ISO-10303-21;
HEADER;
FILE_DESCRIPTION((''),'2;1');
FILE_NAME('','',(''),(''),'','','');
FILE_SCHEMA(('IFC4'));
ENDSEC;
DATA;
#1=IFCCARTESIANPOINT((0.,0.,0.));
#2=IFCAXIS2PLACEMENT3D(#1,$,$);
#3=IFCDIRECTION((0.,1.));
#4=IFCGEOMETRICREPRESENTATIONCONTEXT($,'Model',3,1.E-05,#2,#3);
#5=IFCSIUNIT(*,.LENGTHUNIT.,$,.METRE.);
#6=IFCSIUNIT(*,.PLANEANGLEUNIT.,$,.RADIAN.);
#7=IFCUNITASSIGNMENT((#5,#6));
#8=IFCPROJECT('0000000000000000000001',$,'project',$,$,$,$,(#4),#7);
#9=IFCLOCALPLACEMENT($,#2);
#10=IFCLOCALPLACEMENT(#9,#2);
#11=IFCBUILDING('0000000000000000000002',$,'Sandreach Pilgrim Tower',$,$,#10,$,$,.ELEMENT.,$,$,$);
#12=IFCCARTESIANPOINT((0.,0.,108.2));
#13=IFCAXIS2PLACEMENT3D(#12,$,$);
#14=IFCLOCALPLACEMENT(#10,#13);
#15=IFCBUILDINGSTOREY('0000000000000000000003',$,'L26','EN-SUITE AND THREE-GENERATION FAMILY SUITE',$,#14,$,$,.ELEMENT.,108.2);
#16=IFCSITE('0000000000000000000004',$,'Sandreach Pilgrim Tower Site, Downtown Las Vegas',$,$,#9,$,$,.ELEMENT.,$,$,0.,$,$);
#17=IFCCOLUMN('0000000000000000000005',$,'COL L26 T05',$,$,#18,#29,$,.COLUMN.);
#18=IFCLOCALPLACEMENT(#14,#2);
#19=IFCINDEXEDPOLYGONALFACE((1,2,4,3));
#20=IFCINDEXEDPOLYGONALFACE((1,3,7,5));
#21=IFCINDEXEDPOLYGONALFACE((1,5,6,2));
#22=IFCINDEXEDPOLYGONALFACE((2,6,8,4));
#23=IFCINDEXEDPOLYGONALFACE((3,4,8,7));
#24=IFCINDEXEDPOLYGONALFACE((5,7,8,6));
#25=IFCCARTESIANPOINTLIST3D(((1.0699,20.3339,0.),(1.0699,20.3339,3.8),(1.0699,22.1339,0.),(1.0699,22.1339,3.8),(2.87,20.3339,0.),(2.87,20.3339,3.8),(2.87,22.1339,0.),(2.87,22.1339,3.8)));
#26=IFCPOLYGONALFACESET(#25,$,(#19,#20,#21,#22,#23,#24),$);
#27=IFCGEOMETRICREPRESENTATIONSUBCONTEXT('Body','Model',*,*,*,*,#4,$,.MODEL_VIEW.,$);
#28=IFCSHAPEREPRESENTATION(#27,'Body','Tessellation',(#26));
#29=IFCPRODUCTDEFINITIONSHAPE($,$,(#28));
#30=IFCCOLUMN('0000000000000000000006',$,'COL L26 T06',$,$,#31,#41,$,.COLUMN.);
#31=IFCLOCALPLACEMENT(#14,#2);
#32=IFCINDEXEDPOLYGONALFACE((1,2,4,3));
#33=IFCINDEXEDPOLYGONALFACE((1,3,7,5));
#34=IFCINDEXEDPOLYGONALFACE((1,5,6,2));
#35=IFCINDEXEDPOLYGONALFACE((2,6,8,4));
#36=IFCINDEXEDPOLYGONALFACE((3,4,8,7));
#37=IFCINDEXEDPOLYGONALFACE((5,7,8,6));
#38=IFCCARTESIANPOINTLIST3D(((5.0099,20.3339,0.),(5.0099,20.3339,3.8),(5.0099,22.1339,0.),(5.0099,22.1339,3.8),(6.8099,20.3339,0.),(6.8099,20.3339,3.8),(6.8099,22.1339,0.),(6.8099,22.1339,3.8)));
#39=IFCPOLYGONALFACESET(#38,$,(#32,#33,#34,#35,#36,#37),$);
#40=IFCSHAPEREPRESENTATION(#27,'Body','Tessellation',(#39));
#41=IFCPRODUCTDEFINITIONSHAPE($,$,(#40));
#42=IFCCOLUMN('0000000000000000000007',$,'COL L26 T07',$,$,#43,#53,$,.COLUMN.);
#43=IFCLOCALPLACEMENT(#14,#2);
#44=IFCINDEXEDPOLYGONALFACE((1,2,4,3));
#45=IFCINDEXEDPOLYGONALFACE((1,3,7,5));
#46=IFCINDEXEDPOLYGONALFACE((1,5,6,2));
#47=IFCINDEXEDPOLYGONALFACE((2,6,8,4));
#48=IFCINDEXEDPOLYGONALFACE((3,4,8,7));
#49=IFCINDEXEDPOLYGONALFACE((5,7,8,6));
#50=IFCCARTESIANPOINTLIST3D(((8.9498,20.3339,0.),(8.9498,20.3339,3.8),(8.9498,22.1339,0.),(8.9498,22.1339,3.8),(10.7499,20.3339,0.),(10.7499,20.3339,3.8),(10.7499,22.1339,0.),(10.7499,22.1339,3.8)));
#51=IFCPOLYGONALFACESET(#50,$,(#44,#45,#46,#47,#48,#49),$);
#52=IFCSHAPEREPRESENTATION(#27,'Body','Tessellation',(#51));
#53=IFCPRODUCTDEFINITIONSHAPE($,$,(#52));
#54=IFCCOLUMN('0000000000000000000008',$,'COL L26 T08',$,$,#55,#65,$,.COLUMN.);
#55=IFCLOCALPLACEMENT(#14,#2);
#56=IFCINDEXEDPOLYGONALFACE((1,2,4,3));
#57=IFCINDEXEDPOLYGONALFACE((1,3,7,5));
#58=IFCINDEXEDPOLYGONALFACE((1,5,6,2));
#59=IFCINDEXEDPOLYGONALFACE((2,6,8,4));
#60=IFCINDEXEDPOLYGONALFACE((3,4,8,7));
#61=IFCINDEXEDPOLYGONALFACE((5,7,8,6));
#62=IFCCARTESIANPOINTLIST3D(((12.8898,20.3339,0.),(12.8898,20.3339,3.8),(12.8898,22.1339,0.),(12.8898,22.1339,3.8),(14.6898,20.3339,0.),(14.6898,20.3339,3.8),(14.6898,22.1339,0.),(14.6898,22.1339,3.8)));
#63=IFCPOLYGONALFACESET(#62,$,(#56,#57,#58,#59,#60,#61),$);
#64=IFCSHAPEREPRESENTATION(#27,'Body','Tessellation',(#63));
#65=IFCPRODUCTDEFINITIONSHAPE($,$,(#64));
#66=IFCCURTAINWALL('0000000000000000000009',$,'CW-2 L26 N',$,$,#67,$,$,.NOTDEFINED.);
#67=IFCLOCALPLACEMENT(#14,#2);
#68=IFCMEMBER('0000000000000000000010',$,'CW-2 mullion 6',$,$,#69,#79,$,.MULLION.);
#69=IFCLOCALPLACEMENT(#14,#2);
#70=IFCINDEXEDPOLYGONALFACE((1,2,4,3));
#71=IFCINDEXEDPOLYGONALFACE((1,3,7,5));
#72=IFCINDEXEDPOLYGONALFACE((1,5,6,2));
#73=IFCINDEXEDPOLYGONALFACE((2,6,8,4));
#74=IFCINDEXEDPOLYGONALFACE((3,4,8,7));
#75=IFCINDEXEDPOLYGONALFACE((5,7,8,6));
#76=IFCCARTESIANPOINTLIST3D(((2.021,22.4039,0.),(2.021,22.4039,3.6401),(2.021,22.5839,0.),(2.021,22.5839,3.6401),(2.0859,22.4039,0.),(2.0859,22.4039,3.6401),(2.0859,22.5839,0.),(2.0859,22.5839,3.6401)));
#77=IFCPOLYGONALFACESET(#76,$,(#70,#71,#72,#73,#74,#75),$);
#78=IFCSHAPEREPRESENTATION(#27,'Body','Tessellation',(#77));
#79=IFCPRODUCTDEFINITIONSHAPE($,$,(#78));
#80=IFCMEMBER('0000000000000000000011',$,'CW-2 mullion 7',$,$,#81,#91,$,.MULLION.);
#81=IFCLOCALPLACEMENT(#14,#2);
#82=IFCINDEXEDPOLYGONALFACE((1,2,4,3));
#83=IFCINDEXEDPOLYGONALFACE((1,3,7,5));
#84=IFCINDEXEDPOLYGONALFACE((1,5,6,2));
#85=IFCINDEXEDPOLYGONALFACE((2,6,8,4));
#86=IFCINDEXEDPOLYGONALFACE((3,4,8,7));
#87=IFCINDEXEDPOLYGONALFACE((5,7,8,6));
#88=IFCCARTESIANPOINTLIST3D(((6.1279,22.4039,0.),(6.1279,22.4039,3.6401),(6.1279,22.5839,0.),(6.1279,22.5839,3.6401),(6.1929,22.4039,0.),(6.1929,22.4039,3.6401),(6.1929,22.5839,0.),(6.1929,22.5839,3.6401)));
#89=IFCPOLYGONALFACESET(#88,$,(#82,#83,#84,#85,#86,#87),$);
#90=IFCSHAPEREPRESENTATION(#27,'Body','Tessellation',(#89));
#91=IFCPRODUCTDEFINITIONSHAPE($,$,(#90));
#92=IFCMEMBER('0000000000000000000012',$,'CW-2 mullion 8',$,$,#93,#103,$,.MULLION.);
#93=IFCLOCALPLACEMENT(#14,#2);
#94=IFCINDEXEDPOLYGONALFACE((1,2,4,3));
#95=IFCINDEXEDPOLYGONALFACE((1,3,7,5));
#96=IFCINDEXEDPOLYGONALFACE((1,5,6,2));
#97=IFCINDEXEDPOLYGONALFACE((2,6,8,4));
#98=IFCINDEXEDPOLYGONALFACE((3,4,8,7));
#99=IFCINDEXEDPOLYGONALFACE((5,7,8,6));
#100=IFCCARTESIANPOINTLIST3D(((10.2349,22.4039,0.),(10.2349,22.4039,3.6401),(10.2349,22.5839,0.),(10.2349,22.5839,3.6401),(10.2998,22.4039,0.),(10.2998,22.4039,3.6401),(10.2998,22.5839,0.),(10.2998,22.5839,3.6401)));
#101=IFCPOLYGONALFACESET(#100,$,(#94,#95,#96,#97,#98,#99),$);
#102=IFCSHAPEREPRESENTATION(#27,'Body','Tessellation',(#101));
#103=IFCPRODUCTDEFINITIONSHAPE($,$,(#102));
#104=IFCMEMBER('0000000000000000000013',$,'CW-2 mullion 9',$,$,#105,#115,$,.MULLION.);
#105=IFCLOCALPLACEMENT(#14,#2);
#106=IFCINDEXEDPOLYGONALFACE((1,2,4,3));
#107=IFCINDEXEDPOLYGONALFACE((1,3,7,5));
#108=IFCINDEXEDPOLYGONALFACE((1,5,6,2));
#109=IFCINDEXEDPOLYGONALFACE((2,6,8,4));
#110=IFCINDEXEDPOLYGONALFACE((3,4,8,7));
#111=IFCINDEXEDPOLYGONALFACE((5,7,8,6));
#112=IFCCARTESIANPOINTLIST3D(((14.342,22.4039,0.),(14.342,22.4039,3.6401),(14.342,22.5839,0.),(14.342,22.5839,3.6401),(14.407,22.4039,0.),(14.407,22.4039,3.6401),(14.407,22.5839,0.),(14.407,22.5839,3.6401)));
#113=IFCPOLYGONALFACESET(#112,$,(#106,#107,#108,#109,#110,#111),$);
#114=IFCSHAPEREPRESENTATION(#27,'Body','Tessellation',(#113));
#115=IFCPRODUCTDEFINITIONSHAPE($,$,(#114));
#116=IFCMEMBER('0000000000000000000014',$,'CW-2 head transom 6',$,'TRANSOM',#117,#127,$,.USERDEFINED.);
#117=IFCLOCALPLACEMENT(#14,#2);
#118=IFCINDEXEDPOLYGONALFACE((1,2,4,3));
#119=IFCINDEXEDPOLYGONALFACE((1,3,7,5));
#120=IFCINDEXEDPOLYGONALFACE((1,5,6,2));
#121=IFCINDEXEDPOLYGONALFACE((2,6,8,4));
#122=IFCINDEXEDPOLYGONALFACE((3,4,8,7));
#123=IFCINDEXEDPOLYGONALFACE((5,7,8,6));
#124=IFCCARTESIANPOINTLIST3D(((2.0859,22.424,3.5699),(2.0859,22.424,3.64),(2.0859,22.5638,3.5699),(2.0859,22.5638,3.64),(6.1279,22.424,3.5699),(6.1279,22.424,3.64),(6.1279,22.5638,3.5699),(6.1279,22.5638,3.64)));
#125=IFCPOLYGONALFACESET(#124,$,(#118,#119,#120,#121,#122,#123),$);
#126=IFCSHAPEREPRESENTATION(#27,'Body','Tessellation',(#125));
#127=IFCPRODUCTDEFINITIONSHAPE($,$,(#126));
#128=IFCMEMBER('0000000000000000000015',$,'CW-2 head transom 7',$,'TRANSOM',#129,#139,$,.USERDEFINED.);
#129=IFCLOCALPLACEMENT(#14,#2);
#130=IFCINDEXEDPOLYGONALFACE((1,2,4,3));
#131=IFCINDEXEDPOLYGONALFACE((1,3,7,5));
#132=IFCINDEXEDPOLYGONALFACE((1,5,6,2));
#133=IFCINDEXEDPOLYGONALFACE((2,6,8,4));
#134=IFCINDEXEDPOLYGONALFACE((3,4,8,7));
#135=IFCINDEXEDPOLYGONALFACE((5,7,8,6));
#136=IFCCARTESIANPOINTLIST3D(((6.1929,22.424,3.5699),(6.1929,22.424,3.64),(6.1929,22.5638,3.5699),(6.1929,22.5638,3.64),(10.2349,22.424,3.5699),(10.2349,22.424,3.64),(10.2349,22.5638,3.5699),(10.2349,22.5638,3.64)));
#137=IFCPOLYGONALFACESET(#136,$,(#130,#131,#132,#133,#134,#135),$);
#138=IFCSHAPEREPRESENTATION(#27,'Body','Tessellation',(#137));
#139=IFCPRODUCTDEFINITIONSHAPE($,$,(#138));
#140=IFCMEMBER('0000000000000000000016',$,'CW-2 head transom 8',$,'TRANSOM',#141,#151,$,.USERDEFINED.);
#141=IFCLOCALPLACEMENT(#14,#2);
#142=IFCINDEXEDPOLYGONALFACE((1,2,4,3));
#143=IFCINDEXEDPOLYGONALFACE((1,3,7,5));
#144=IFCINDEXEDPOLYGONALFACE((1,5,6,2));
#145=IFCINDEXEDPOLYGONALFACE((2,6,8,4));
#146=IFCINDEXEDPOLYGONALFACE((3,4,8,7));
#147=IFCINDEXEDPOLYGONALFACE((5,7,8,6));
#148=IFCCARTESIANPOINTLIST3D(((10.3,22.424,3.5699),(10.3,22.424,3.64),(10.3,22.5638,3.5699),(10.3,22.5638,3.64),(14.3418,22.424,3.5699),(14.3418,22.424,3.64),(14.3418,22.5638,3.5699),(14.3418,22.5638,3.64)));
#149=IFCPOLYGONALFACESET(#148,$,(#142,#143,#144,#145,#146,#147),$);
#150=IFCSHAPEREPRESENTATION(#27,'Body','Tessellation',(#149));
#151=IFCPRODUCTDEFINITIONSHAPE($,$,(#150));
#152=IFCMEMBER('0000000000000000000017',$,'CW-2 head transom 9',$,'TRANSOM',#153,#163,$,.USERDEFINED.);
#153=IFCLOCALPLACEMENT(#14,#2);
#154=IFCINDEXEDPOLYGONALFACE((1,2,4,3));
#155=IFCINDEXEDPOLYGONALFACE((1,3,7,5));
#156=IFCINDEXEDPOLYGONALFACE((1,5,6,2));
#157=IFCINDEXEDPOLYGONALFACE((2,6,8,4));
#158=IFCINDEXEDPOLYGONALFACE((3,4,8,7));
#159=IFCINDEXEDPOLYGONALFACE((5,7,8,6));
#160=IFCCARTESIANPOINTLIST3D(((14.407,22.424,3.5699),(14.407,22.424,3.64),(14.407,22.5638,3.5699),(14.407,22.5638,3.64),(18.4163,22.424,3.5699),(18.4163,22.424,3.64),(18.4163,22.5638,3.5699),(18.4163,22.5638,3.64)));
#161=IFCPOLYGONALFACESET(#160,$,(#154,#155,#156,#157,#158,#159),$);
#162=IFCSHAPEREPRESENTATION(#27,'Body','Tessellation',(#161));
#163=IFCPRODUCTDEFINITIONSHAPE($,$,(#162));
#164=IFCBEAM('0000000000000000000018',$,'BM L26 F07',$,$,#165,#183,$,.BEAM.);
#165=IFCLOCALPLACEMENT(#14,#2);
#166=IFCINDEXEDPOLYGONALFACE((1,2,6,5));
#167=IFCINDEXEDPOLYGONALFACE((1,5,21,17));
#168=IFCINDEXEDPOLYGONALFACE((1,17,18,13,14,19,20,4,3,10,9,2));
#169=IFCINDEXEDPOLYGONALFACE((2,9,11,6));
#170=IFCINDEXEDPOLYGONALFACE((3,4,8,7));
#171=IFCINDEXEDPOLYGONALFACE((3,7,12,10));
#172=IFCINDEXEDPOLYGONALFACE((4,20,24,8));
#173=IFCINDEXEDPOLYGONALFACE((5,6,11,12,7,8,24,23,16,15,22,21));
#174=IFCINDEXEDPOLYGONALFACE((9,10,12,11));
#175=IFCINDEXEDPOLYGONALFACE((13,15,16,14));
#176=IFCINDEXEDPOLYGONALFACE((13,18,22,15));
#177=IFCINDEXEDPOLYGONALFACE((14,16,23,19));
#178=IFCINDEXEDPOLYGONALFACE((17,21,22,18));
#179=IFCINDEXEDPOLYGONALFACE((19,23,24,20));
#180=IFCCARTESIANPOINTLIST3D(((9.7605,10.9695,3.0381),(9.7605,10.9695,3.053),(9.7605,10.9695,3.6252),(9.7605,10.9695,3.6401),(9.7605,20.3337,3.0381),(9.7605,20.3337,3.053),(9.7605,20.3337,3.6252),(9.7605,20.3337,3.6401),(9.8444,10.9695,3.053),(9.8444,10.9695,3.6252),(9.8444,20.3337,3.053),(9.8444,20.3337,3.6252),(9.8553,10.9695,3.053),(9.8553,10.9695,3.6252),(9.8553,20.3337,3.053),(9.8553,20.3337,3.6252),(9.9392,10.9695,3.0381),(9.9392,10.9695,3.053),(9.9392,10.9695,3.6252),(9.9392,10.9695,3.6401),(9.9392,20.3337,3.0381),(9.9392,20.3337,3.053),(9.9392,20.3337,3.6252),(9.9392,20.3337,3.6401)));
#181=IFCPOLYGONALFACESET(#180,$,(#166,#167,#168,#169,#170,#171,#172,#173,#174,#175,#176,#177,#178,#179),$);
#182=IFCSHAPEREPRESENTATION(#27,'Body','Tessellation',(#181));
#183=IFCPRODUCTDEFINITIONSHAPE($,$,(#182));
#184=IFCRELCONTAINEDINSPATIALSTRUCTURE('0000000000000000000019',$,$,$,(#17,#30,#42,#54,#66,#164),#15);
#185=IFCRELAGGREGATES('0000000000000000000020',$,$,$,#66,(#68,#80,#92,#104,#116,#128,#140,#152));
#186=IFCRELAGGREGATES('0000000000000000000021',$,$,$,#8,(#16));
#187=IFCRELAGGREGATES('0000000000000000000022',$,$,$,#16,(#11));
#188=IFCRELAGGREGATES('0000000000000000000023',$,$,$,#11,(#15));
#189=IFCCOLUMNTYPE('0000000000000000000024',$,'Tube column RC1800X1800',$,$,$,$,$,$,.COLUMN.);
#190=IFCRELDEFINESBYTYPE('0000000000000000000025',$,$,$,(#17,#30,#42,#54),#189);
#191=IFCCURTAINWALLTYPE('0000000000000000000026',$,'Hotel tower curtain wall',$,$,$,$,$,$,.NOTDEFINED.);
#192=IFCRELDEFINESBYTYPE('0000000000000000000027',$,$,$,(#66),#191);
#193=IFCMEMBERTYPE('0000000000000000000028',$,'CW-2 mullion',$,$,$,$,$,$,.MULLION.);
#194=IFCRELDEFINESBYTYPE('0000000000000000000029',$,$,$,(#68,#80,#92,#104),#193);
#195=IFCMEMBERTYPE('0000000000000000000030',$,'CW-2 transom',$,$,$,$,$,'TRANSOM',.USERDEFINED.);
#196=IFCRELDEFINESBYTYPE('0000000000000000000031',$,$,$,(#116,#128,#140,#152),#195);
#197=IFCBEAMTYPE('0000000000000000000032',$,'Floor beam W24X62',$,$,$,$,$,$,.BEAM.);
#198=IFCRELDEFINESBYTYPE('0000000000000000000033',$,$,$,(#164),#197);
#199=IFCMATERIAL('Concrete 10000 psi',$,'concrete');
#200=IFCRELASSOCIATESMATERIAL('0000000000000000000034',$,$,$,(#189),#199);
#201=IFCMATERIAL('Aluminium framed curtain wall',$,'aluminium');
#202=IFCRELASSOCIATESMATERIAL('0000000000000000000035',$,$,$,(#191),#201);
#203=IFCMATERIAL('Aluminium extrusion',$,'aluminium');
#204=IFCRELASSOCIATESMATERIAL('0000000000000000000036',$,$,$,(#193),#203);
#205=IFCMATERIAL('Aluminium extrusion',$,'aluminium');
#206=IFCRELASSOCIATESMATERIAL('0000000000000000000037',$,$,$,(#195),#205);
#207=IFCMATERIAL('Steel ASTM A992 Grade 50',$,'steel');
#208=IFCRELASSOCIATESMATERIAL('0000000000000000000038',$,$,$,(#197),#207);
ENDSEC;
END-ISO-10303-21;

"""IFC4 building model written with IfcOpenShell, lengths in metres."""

from ifc_helpers import new_model, si_unit, direction, frame, origin, origin_2d, place, context, subcontext, project, spatial, rectangle, i_section, extrude, material, material_profile, profile_set, type_object, element, aggregate, save


model = new_model("IFC4")

# Units and contexts
model_context = context("Model", 3, precision=1e-05, world=origin(), true_north=direction((0.0, 1.0)))
body_context = subcontext(model_context, "Body", "Model", "MODEL_VIEW")
ifc_project = project(units=[si_unit("LENGTHUNIT", "METRE"), si_unit("PLANEANGLEUNIT", "RADIAN")], contexts=[model_context])

# Site, building, storey
site_placement = place(None, origin())
site = spatial("IfcSite", under=ifc_project, at=site_placement, Name="Sandreach Pilgrim Tower Site, Downtown Las Vegas", CompositionType="ELEMENT", RefElevation=0.0)
building_placement = place(site_placement, origin())
building = spatial("IfcBuilding", under=site, at=building_placement, Name="Sandreach Pilgrim Tower", CompositionType="ELEMENT")
storey_placement = place(building_placement, frame((0.0, 0.0, 108.2)))
storey = spatial("IfcBuildingStorey", under=building, at=storey_placement, Name="L26", Description="EN-SUITE AND THREE-GENERATION FAMILY SUITE", CompositionType="ELEMENT", Elevation=108.2)

# Columns
ifc_material_1 = material(Name="Concrete 10000 psi", Category="concrete")
ifc_material_profile_1 = material_profile(ifc_material_1, rectangle(XDim=1.8, YDim=1.8, at=origin_2d()), Name="RC1800X1800")
ifc_profile_set_1 = profile_set([ifc_material_profile_1], Name="Concrete 10000 psi")
column_type = type_object("IfcColumnType", Name="Tube column RC1800X1800", PredefinedType="COLUMN", material=ifc_profile_set_1)
for number, where, z_axis, x_axis, name in (
    (1, (1.97, 21.2339, 0.0), (0.0, 0.0, 1.0), (0.0, 1.0, 0.0), "COL L26 T05"),
    (2, (5.9099, 21.2339, 0.0), (0.0, 0.0, 1.0), (0.0, 1.0, 0.0), "COL L26 T06"),
    (3, (9.8499, 21.2339, 0.0), (0.0, 0.0, 1.0), (0.0, 1.0, 0.0), "COL L26 T07"),
    (4, (13.7898, 21.2339, 0.0), (0.0, 0.0, 1.0), (0.0, 1.0, 0.0), "COL L26 T08"),
):
    element("IfcColumn", number, at=place(storey_placement, frame(where, z_axis=z_axis, x_axis=x_axis)), inside=storey, type_object=column_type, Name=name, PredefinedType="COLUMN", context=body_context, shape_type="SweptSolid", body=[
        extrude(rectangle(XDim=1.8, YDim=1.8, at=origin_2d()), origin(), (0.0, 0.0, 1.0), 3.8),
    ])

# Curtain wall, members
ifc_material_2 = material(Name="Aluminium framed curtain wall", Category="aluminium")
curtain_wall_type = type_object("IfcCurtainWallType", Name="Hotel tower curtain wall", PredefinedType="NOTDEFINED", material=ifc_material_2)
curtain_wall_placement = place(storey_placement, origin())
curtain_wall = element("IfcCurtainWall", 5, at=curtain_wall_placement, inside=storey, type_object=curtain_wall_type, Name="CW-2 L26 N", PredefinedType="NOTDEFINED")
ifc_material_3 = material(Name="Aluminium extrusion", Category="aluminium")
ifc_material_profile_2 = material_profile(ifc_material_3, rectangle(XDim=0.0649, YDim=0.1799, at=origin_2d()), Name="CW-2M 65X180")
ifc_profile_set_2 = profile_set([ifc_material_profile_2], Name="Aluminium extrusion")
member_type_1 = type_object("IfcMemberType", Name="CW-2 mullion", PredefinedType="MULLION", material=ifc_profile_set_2)
member_1_placement = place(storey_placement, frame((2.0535, 22.4939, 0.0), z_axis=(0.0, 0.0, 1.0), x_axis=(1.0, 0.0, 0.0)))
member_1 = element("IfcMember", 6, at=member_1_placement, type_object=member_type_1, Name="CW-2 mullion 6", PredefinedType="MULLION", context=body_context, shape_type="SweptSolid", body=[
    extrude(rectangle(XDim=0.0649, YDim=0.1799, at=origin_2d()), origin(), (0.0, 0.0, 1.0), 3.6401),
])
member_2_placement = place(storey_placement, frame((6.1604, 22.4939, 0.0), z_axis=(0.0, 0.0, 1.0), x_axis=(1.0, 0.0, 0.0)))
member_2 = element("IfcMember", 7, at=member_2_placement, type_object=member_type_1, Name="CW-2 mullion 7", PredefinedType="MULLION", context=body_context, shape_type="SweptSolid", body=[
    extrude(rectangle(XDim=0.0649, YDim=0.1799, at=origin_2d()), origin(), (0.0, 0.0, 1.0), 3.6401),
])
member_3_placement = place(storey_placement, frame((10.2673, 22.4939, 0.0), z_axis=(0.0, 0.0, 1.0), x_axis=(1.0, 0.0, 0.0)))
member_3 = element("IfcMember", 8, at=member_3_placement, type_object=member_type_1, Name="CW-2 mullion 8", PredefinedType="MULLION", context=body_context, shape_type="SweptSolid", body=[
    extrude(rectangle(XDim=0.0649, YDim=0.1799, at=origin_2d()), origin(), (0.0, 0.0, 1.0), 3.6401),
])
member_4_placement = place(storey_placement, frame((14.3745, 22.4939, 0.0), z_axis=(0.0, 0.0, 1.0), x_axis=(1.0, 0.0, 0.0)))
member_4 = element("IfcMember", 9, at=member_4_placement, type_object=member_type_1, Name="CW-2 mullion 9", PredefinedType="MULLION", context=body_context, shape_type="SweptSolid", body=[
    extrude(rectangle(XDim=0.0649, YDim=0.1799, at=origin_2d()), origin(), (0.0, 0.0, 1.0), 3.6401),
])
ifc_material_4 = material(Name="Aluminium extrusion", Category="aluminium")
ifc_material_profile_3 = material_profile(ifc_material_4, rectangle(XDim=0.1399, YDim=0.0701, at=origin_2d()), Name="CW-2T 140X70")
ifc_profile_set_3 = profile_set([ifc_material_profile_3], Name="Aluminium extrusion")
member_type_2 = type_object("IfcMemberType", Name="CW-2 transom", ElementType="TRANSOM", PredefinedType="USERDEFINED", material=ifc_profile_set_3)
member_5_placement = place(storey_placement, frame((2.0859, 22.4939, 3.605), z_axis=(1.0, 0.0, 0.0), x_axis=(0.0, 1.0, 0.0)))
member_5 = element("IfcMember", 10, at=member_5_placement, type_object=member_type_2, Name="CW-2 head transom 6", ObjectType="TRANSOM", PredefinedType="USERDEFINED", context=body_context, shape_type="SweptSolid", body=[
    extrude(rectangle(XDim=0.1399, YDim=0.0701, at=origin_2d()), origin(), (0.0, 0.0, 1.0), 4.042),
])
member_6_placement = place(storey_placement, frame((6.1929, 22.4939, 3.605), z_axis=(1.0, 0.0, 0.0), x_axis=(0.0, 1.0, 0.0)))
member_6 = element("IfcMember", 11, at=member_6_placement, type_object=member_type_2, Name="CW-2 head transom 7", ObjectType="TRANSOM", PredefinedType="USERDEFINED", context=body_context, shape_type="SweptSolid", body=[
    extrude(rectangle(XDim=0.1399, YDim=0.0701, at=origin_2d()), origin(), (0.0, 0.0, 1.0), 4.042),
])
member_7_placement = place(storey_placement, frame((10.3, 22.4939, 3.605), z_axis=(1.0, 0.0, 0.0), x_axis=(0.0, 1.0, 0.0)))
member_7 = element("IfcMember", 12, at=member_7_placement, type_object=member_type_2, Name="CW-2 head transom 8", ObjectType="TRANSOM", PredefinedType="USERDEFINED", context=body_context, shape_type="SweptSolid", body=[
    extrude(rectangle(XDim=0.1399, YDim=0.0701, at=origin_2d()), origin(), (0.0, 0.0, 1.0), 4.0417),
])
member_8_placement = place(storey_placement, frame((14.407, 22.4939, 3.605), z_axis=(1.0, 0.0, 0.0), x_axis=(0.0, 1.0, 0.0)))
member_8 = element("IfcMember", 13, at=member_8_placement, type_object=member_type_2, Name="CW-2 head transom 9", ObjectType="TRANSOM", PredefinedType="USERDEFINED", context=body_context, shape_type="SweptSolid", body=[
    extrude(rectangle(XDim=0.1399, YDim=0.0701, at=origin_2d()), origin(), (0.0, 0.0, 1.0), 4.0093),
])

# Beam
ifc_material_5 = material(Name="Steel ASTM A992 Grade 50", Category="steel")
ifc_material_profile_4 = material_profile(ifc_material_5, i_section(OverallWidth=0.1787, OverallDepth=0.6021, WebThickness=0.011, FlangeThickness=0.0149, at=origin_2d()), Name="W24X62")
ifc_profile_set_4 = profile_set([ifc_material_profile_4], Name="Steel ASTM A992 Grade 50")
beam_type_1 = type_object("IfcBeamType", Name="Floor beam W24X62", PredefinedType="BEAM", material=ifc_profile_set_4)
beam_1_placement = place(storey_placement, frame((9.8499, 20.3337, 3.3391), z_axis=(0.0, -1.0, 0.0), x_axis=(1.0, 0.0, 0.0)))
element("IfcBeam", 14, at=beam_1_placement, inside=storey, type_object=beam_type_1, Name="BM L26 F07", PredefinedType="BEAM", context=body_context, shape_type="SweptSolid", body=[
    extrude(i_section(OverallWidth=0.1787, OverallDepth=0.6021, WebThickness=0.011, FlangeThickness=0.0149, at=origin_2d()), origin(), (0.0, 0.0, 1.0), 9.3643),
])

aggregate(curtain_wall, [member_1, member_2, member_3, member_4, member_5, member_6, member_7, member_8])

save(model, "model.ifc")
